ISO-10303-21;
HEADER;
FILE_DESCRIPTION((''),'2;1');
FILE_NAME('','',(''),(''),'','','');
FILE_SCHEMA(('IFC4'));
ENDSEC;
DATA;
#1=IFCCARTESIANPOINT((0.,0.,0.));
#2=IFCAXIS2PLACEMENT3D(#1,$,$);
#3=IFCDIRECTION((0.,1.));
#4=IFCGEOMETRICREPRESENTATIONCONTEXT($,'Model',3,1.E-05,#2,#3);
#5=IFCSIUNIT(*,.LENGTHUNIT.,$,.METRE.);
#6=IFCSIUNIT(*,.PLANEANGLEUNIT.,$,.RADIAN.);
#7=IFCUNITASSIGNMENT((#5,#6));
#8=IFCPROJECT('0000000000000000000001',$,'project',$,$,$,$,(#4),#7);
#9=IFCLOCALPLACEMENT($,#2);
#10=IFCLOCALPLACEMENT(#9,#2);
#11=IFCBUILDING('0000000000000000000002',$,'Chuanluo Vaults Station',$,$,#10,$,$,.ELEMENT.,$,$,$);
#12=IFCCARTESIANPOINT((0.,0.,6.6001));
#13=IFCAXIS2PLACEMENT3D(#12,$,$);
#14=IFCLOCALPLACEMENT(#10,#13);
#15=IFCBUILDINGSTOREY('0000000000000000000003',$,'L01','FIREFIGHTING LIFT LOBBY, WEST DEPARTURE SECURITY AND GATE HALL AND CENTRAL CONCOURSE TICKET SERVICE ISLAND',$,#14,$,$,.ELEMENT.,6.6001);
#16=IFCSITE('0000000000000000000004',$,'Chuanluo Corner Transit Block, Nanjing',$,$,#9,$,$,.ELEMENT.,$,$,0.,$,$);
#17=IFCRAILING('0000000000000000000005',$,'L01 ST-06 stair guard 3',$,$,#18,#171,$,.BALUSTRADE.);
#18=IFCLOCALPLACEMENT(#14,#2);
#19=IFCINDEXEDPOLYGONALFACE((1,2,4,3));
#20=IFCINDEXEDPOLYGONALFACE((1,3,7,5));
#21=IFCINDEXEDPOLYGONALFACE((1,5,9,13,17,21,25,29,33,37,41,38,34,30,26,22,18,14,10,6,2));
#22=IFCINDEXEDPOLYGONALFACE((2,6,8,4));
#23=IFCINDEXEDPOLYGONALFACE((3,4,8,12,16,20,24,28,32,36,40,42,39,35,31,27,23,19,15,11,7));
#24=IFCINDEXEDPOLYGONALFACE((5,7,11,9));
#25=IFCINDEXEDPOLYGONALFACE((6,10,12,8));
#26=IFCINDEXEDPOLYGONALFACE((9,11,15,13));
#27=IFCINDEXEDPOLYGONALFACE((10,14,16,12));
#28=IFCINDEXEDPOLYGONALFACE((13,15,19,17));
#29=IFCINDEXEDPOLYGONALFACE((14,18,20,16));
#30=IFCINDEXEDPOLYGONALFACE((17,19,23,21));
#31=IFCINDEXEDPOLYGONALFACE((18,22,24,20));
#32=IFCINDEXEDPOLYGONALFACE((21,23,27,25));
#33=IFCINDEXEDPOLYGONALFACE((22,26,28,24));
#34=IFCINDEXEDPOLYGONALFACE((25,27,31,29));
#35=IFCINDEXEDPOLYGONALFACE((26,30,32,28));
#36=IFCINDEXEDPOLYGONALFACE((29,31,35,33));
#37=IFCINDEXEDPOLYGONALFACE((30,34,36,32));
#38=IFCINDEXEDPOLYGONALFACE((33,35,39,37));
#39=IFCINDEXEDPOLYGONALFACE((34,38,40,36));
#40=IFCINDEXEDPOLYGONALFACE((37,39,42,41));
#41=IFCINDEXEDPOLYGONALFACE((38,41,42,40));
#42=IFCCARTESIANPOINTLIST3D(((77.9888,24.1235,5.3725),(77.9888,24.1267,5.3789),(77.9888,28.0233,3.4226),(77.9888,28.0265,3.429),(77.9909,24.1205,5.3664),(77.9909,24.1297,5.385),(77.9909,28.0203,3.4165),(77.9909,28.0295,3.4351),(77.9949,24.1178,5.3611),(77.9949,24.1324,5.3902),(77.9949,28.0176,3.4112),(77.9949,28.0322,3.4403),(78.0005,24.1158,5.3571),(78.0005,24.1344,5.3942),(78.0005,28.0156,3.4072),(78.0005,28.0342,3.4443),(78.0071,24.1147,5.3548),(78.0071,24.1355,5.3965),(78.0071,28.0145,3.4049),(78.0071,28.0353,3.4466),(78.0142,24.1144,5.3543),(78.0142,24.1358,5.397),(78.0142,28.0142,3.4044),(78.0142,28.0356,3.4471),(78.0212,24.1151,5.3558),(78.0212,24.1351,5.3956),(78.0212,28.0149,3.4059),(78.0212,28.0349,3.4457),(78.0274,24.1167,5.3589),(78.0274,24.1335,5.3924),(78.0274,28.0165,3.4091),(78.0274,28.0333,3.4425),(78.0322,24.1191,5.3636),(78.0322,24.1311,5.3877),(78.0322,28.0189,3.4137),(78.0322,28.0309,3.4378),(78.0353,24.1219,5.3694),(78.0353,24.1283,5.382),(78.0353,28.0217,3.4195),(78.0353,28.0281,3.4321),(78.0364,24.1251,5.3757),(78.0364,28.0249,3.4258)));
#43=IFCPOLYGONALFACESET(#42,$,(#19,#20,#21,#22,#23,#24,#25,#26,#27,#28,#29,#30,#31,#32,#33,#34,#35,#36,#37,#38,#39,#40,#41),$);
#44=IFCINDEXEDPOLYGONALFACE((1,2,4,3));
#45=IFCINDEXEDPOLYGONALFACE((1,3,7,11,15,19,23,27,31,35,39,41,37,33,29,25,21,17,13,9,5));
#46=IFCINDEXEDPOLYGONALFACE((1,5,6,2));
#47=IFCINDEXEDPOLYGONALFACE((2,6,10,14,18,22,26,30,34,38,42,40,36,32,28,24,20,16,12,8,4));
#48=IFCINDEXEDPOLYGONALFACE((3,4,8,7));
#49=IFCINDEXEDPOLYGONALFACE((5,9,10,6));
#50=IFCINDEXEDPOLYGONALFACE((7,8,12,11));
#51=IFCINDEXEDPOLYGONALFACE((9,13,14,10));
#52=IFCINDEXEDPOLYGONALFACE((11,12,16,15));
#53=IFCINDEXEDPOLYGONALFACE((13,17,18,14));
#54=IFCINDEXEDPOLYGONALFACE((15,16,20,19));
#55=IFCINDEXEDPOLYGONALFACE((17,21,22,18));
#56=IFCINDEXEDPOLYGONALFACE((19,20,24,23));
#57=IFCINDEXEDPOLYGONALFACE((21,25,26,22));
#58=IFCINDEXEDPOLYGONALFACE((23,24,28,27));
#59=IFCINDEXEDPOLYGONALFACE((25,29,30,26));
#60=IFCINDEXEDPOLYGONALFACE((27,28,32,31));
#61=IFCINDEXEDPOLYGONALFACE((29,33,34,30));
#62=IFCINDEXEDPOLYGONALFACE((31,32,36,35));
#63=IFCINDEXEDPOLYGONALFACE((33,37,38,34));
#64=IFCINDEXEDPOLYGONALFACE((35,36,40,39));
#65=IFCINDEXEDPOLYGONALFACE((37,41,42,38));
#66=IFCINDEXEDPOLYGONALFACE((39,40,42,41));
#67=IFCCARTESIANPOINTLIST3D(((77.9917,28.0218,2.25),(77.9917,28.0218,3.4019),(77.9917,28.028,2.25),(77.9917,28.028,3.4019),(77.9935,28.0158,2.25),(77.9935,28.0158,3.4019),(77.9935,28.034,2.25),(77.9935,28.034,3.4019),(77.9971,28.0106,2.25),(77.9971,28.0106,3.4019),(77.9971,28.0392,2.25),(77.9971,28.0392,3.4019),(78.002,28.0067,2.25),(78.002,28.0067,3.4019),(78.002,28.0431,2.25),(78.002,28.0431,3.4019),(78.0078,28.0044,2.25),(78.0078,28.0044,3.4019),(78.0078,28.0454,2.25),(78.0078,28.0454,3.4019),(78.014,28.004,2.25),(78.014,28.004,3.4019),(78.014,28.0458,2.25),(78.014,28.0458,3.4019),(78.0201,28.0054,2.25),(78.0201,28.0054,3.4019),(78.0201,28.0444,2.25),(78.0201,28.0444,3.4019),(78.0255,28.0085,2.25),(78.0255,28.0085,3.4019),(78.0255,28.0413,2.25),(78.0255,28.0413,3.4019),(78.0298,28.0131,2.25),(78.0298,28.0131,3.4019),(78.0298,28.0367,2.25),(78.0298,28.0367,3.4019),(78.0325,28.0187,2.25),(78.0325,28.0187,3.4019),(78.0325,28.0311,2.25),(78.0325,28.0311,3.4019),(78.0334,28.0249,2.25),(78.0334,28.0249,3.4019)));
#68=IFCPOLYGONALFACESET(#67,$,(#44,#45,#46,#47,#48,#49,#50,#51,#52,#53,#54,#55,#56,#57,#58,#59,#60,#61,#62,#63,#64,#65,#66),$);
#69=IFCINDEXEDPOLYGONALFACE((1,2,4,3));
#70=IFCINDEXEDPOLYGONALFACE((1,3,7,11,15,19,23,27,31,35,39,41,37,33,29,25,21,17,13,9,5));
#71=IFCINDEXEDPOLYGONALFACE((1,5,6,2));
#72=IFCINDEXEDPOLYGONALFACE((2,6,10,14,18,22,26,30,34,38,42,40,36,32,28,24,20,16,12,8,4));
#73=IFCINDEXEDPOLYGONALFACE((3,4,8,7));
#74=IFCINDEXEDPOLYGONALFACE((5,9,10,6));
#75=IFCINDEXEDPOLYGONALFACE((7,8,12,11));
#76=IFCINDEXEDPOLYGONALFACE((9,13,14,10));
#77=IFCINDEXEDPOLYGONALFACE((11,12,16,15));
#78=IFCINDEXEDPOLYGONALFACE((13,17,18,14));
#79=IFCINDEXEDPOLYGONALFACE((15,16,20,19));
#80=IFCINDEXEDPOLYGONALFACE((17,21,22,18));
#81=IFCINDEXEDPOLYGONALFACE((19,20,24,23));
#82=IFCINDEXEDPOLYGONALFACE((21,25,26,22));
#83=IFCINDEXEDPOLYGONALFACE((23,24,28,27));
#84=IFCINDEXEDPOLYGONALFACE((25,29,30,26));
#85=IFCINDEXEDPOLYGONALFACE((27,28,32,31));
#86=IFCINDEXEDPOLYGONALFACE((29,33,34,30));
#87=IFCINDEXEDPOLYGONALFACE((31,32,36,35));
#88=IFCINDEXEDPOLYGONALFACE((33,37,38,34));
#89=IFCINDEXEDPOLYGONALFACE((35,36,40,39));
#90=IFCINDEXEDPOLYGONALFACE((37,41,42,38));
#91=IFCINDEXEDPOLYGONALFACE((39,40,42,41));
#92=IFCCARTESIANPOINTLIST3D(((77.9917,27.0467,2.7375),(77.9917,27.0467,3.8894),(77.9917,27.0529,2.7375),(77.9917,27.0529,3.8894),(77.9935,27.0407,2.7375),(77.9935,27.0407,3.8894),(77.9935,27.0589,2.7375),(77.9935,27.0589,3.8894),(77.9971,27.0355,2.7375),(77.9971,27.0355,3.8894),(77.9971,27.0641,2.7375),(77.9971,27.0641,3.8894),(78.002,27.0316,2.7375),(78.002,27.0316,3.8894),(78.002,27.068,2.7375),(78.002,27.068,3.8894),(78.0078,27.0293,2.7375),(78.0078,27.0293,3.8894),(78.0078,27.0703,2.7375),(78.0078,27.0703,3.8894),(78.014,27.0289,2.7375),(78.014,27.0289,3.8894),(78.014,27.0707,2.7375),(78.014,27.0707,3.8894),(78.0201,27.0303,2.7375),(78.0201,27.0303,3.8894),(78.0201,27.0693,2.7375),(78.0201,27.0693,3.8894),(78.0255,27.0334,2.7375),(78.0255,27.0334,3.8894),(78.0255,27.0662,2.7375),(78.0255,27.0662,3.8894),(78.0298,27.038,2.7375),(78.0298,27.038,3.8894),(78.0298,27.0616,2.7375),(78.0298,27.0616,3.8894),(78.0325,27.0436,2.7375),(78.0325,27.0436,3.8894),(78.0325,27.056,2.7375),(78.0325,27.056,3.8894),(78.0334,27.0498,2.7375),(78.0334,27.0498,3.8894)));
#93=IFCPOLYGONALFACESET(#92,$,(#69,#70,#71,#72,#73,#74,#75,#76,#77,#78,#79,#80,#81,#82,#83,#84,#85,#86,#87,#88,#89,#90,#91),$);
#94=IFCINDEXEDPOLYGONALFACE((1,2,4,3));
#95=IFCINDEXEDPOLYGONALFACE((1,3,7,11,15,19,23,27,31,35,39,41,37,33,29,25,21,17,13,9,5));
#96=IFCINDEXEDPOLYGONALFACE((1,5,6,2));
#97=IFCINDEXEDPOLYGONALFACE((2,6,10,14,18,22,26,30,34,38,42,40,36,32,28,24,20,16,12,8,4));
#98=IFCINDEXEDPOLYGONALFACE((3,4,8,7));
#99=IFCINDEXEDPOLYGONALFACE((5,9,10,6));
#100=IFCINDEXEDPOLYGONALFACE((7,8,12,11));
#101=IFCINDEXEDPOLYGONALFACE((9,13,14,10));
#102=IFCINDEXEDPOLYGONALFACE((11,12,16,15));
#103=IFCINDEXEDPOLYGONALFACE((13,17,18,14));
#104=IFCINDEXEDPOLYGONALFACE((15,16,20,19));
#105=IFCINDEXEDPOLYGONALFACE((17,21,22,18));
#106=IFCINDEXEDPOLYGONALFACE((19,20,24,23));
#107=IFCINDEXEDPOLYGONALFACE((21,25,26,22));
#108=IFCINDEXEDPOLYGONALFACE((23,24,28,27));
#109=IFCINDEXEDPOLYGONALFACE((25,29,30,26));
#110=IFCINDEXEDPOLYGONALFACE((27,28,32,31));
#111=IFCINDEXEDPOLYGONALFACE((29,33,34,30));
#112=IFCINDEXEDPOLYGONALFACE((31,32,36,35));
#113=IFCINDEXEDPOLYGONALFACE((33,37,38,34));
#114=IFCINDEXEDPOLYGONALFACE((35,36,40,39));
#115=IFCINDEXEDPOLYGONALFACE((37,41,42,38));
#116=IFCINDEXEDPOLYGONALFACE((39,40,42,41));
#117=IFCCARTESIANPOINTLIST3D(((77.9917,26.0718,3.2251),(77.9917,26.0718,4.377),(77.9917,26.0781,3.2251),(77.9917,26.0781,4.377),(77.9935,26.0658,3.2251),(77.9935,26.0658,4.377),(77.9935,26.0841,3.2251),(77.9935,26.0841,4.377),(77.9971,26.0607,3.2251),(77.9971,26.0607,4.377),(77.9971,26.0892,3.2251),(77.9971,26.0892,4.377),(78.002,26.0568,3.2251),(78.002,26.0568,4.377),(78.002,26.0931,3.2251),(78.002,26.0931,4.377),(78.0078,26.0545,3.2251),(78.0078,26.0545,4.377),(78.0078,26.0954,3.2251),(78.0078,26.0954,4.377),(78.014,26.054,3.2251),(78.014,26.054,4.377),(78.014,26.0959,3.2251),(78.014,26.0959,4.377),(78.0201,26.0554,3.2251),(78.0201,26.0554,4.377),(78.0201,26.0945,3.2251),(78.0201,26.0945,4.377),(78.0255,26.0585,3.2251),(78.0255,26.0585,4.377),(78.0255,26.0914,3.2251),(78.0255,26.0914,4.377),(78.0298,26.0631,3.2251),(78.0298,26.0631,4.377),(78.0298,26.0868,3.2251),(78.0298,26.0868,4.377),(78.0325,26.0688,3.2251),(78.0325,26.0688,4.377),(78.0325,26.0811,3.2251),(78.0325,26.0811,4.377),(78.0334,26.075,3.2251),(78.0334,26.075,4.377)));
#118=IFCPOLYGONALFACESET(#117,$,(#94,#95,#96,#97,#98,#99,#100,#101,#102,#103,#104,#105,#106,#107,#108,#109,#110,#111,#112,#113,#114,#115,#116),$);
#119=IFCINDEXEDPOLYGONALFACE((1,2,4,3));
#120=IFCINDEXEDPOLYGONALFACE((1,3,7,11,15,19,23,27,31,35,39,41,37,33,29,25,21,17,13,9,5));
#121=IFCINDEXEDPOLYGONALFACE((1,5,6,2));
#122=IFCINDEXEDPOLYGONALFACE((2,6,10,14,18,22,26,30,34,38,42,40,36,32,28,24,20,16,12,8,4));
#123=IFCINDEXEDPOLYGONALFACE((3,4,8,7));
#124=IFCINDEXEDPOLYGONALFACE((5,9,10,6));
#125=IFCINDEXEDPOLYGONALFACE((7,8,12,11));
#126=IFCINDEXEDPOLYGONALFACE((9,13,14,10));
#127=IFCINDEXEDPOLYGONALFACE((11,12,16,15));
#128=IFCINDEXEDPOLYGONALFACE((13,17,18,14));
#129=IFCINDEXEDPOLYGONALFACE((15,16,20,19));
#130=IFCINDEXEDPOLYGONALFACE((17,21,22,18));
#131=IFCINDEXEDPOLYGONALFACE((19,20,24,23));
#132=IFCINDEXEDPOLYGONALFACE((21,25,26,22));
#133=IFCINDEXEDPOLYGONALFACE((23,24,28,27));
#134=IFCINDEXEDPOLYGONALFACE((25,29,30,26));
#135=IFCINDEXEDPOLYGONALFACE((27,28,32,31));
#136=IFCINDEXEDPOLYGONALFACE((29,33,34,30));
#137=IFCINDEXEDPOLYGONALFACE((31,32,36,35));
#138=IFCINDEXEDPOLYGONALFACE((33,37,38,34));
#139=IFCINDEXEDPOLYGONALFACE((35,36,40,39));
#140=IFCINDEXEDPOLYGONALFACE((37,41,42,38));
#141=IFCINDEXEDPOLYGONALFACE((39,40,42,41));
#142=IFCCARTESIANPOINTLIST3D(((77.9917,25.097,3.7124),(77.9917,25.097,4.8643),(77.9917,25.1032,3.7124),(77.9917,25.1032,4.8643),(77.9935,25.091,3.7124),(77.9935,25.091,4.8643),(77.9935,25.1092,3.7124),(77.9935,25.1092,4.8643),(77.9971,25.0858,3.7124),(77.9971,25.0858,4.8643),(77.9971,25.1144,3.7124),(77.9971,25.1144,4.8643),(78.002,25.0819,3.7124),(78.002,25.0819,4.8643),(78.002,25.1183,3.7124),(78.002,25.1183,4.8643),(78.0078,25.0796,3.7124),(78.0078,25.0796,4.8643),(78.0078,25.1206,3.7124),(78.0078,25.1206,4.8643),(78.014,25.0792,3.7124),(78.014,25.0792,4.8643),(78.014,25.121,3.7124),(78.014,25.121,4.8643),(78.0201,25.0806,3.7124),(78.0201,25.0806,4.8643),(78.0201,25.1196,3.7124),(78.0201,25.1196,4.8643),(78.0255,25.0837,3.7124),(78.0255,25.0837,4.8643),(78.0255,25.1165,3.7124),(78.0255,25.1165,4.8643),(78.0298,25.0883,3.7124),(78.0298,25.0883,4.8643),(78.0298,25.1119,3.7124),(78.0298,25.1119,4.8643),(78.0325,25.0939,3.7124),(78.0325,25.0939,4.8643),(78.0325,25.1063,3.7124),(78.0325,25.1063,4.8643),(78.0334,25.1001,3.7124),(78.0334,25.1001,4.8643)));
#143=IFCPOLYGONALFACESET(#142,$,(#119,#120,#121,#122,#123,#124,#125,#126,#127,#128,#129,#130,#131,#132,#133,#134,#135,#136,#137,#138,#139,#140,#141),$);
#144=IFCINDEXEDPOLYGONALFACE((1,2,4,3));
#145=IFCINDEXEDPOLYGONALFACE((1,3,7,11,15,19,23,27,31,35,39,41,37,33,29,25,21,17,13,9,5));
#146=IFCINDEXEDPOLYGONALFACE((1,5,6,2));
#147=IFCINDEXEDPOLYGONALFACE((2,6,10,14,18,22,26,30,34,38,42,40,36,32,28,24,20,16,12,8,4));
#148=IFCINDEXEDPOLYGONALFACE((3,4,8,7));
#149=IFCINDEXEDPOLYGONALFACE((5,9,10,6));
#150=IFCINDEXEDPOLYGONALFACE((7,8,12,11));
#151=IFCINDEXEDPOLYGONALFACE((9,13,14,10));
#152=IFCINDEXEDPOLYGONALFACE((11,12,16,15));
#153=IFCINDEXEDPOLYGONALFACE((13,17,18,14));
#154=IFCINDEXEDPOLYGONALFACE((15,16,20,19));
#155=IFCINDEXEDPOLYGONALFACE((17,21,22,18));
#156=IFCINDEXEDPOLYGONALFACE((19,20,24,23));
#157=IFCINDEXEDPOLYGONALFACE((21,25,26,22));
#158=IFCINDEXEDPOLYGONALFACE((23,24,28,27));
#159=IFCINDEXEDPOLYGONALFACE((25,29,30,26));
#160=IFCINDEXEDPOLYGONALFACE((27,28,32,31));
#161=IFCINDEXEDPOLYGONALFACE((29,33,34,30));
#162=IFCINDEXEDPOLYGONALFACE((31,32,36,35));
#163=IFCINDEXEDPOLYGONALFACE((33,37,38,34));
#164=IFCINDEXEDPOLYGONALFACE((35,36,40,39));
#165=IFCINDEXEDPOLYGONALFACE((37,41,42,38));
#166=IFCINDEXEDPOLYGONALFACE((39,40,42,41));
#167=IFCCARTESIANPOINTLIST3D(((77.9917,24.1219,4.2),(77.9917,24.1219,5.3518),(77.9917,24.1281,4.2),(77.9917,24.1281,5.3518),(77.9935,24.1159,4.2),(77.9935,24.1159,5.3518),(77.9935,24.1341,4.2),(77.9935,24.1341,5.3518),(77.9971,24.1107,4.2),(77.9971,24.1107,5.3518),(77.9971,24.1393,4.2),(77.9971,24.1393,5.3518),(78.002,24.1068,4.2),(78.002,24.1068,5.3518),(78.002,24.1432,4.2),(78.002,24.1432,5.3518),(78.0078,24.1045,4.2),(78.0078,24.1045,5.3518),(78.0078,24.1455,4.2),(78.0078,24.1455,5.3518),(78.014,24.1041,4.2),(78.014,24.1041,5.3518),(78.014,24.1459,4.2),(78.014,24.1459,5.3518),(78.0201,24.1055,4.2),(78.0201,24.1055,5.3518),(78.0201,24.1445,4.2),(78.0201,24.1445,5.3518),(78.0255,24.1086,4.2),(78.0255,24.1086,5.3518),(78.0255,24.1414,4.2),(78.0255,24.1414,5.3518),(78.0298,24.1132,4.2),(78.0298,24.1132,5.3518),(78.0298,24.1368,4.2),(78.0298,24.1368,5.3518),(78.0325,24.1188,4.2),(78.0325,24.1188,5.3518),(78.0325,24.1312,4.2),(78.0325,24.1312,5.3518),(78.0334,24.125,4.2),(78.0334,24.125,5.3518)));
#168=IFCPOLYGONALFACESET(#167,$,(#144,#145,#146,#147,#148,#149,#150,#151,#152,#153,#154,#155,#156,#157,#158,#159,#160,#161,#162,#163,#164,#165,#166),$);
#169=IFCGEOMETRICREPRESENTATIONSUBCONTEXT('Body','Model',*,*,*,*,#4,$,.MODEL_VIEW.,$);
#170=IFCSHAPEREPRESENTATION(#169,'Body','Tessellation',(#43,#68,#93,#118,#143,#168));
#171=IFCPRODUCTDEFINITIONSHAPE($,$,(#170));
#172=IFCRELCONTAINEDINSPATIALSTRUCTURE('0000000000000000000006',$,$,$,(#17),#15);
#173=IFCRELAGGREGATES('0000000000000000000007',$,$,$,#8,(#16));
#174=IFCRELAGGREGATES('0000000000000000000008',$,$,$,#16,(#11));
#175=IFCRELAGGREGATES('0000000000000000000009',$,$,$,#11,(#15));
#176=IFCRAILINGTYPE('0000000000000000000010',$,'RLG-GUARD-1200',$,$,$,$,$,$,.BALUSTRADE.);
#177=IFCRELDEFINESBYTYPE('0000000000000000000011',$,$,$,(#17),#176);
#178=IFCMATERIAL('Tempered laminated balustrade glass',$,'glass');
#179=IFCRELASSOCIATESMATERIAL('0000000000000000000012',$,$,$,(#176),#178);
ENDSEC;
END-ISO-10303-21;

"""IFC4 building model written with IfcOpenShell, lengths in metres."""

from ifc_helpers import new_model, si_unit, direction, frame, origin, origin_2d, place, context, subcontext, project, spatial, circle, extrude, material, type_object, element, save


model = new_model("IFC4")

# Units and contexts
model_context = context("Model", 3, precision=1e-05, world=origin(), true_north=direction((0.0, 1.0)))
body_context = subcontext(model_context, "Body", "Model", "MODEL_VIEW")
ifc_project = project(units=[si_unit("LENGTHUNIT", "METRE"), si_unit("PLANEANGLEUNIT", "RADIAN")], contexts=[model_context])

# Site, building, storey
site_placement = place(None, origin())
site = spatial("IfcSite", under=ifc_project, at=site_placement, Name="Chuanluo Corner Transit Block, Nanjing", CompositionType="ELEMENT", RefElevation=0.0)
building_placement = place(site_placement, origin())
building = spatial("IfcBuilding", under=site, at=building_placement, Name="Chuanluo Vaults Station", CompositionType="ELEMENT")
storey_placement = place(building_placement, frame((0.0, 0.0, 6.6001)))
storey = spatial("IfcBuildingStorey", under=building, at=storey_placement, Name="L01", Description="FIREFIGHTING LIFT LOBBY, WEST DEPARTURE SECURITY AND GATE HALL AND CENTRAL CONCOURSE TICKET SERVICE ISLAND", CompositionType="ELEMENT", Elevation=6.6001)

# Railing
ifc_material_1 = material(Name="Tempered laminated balustrade glass", Category="glass")
railing_type_1 = type_object("IfcRailingType", Name="RLG-GUARD-1200", PredefinedType="BALUSTRADE", material=ifc_material_1)
railing_1_placement = place(storey_placement, frame((78.0125, 28.0249, 2.25)))
element("IfcRailing", 1, at=railing_1_placement, inside=storey, type_object=railing_type_1, Name="L01 ST-06 stair guard 3", PredefinedType="BALUSTRADE", context=body_context, shape_type="SweptSolid", body=[
    extrude(circle(Radius=0.0239, at=origin_2d()), frame((0.0, 0.0, 1.1758), z_axis=(0.0, -0.894427, 0.447214), x_axis=(1.0, 0.0, 0.0)), (0.0, 0.0, 1.0), 4.3601),
    extrude(circle(Radius=0.021, at=origin_2d()), origin(), (0.0, 0.0, 1.0), 1.1519),
    extrude(circle(Radius=0.021, at=origin_2d()), frame((0.0, -0.9751, 0.4875)), (0.0, 0.0, 1.0), 1.1519),
    extrude(circle(Radius=0.021, at=origin_2d()), frame((0.0, -1.95, 0.9751)), (0.0, 0.0, 1.0), 1.1519),
    extrude(circle(Radius=0.021, at=origin_2d()), frame((0.0, -2.9248, 1.4624)), (0.0, 0.0, 1.0), 1.1519),
    extrude(circle(Radius=0.021, at=origin_2d()), frame((0.0, -3.8999, 1.95)), (0.0, 0.0, 1.0), 1.1519),
])

save(model, "model.ifc")
